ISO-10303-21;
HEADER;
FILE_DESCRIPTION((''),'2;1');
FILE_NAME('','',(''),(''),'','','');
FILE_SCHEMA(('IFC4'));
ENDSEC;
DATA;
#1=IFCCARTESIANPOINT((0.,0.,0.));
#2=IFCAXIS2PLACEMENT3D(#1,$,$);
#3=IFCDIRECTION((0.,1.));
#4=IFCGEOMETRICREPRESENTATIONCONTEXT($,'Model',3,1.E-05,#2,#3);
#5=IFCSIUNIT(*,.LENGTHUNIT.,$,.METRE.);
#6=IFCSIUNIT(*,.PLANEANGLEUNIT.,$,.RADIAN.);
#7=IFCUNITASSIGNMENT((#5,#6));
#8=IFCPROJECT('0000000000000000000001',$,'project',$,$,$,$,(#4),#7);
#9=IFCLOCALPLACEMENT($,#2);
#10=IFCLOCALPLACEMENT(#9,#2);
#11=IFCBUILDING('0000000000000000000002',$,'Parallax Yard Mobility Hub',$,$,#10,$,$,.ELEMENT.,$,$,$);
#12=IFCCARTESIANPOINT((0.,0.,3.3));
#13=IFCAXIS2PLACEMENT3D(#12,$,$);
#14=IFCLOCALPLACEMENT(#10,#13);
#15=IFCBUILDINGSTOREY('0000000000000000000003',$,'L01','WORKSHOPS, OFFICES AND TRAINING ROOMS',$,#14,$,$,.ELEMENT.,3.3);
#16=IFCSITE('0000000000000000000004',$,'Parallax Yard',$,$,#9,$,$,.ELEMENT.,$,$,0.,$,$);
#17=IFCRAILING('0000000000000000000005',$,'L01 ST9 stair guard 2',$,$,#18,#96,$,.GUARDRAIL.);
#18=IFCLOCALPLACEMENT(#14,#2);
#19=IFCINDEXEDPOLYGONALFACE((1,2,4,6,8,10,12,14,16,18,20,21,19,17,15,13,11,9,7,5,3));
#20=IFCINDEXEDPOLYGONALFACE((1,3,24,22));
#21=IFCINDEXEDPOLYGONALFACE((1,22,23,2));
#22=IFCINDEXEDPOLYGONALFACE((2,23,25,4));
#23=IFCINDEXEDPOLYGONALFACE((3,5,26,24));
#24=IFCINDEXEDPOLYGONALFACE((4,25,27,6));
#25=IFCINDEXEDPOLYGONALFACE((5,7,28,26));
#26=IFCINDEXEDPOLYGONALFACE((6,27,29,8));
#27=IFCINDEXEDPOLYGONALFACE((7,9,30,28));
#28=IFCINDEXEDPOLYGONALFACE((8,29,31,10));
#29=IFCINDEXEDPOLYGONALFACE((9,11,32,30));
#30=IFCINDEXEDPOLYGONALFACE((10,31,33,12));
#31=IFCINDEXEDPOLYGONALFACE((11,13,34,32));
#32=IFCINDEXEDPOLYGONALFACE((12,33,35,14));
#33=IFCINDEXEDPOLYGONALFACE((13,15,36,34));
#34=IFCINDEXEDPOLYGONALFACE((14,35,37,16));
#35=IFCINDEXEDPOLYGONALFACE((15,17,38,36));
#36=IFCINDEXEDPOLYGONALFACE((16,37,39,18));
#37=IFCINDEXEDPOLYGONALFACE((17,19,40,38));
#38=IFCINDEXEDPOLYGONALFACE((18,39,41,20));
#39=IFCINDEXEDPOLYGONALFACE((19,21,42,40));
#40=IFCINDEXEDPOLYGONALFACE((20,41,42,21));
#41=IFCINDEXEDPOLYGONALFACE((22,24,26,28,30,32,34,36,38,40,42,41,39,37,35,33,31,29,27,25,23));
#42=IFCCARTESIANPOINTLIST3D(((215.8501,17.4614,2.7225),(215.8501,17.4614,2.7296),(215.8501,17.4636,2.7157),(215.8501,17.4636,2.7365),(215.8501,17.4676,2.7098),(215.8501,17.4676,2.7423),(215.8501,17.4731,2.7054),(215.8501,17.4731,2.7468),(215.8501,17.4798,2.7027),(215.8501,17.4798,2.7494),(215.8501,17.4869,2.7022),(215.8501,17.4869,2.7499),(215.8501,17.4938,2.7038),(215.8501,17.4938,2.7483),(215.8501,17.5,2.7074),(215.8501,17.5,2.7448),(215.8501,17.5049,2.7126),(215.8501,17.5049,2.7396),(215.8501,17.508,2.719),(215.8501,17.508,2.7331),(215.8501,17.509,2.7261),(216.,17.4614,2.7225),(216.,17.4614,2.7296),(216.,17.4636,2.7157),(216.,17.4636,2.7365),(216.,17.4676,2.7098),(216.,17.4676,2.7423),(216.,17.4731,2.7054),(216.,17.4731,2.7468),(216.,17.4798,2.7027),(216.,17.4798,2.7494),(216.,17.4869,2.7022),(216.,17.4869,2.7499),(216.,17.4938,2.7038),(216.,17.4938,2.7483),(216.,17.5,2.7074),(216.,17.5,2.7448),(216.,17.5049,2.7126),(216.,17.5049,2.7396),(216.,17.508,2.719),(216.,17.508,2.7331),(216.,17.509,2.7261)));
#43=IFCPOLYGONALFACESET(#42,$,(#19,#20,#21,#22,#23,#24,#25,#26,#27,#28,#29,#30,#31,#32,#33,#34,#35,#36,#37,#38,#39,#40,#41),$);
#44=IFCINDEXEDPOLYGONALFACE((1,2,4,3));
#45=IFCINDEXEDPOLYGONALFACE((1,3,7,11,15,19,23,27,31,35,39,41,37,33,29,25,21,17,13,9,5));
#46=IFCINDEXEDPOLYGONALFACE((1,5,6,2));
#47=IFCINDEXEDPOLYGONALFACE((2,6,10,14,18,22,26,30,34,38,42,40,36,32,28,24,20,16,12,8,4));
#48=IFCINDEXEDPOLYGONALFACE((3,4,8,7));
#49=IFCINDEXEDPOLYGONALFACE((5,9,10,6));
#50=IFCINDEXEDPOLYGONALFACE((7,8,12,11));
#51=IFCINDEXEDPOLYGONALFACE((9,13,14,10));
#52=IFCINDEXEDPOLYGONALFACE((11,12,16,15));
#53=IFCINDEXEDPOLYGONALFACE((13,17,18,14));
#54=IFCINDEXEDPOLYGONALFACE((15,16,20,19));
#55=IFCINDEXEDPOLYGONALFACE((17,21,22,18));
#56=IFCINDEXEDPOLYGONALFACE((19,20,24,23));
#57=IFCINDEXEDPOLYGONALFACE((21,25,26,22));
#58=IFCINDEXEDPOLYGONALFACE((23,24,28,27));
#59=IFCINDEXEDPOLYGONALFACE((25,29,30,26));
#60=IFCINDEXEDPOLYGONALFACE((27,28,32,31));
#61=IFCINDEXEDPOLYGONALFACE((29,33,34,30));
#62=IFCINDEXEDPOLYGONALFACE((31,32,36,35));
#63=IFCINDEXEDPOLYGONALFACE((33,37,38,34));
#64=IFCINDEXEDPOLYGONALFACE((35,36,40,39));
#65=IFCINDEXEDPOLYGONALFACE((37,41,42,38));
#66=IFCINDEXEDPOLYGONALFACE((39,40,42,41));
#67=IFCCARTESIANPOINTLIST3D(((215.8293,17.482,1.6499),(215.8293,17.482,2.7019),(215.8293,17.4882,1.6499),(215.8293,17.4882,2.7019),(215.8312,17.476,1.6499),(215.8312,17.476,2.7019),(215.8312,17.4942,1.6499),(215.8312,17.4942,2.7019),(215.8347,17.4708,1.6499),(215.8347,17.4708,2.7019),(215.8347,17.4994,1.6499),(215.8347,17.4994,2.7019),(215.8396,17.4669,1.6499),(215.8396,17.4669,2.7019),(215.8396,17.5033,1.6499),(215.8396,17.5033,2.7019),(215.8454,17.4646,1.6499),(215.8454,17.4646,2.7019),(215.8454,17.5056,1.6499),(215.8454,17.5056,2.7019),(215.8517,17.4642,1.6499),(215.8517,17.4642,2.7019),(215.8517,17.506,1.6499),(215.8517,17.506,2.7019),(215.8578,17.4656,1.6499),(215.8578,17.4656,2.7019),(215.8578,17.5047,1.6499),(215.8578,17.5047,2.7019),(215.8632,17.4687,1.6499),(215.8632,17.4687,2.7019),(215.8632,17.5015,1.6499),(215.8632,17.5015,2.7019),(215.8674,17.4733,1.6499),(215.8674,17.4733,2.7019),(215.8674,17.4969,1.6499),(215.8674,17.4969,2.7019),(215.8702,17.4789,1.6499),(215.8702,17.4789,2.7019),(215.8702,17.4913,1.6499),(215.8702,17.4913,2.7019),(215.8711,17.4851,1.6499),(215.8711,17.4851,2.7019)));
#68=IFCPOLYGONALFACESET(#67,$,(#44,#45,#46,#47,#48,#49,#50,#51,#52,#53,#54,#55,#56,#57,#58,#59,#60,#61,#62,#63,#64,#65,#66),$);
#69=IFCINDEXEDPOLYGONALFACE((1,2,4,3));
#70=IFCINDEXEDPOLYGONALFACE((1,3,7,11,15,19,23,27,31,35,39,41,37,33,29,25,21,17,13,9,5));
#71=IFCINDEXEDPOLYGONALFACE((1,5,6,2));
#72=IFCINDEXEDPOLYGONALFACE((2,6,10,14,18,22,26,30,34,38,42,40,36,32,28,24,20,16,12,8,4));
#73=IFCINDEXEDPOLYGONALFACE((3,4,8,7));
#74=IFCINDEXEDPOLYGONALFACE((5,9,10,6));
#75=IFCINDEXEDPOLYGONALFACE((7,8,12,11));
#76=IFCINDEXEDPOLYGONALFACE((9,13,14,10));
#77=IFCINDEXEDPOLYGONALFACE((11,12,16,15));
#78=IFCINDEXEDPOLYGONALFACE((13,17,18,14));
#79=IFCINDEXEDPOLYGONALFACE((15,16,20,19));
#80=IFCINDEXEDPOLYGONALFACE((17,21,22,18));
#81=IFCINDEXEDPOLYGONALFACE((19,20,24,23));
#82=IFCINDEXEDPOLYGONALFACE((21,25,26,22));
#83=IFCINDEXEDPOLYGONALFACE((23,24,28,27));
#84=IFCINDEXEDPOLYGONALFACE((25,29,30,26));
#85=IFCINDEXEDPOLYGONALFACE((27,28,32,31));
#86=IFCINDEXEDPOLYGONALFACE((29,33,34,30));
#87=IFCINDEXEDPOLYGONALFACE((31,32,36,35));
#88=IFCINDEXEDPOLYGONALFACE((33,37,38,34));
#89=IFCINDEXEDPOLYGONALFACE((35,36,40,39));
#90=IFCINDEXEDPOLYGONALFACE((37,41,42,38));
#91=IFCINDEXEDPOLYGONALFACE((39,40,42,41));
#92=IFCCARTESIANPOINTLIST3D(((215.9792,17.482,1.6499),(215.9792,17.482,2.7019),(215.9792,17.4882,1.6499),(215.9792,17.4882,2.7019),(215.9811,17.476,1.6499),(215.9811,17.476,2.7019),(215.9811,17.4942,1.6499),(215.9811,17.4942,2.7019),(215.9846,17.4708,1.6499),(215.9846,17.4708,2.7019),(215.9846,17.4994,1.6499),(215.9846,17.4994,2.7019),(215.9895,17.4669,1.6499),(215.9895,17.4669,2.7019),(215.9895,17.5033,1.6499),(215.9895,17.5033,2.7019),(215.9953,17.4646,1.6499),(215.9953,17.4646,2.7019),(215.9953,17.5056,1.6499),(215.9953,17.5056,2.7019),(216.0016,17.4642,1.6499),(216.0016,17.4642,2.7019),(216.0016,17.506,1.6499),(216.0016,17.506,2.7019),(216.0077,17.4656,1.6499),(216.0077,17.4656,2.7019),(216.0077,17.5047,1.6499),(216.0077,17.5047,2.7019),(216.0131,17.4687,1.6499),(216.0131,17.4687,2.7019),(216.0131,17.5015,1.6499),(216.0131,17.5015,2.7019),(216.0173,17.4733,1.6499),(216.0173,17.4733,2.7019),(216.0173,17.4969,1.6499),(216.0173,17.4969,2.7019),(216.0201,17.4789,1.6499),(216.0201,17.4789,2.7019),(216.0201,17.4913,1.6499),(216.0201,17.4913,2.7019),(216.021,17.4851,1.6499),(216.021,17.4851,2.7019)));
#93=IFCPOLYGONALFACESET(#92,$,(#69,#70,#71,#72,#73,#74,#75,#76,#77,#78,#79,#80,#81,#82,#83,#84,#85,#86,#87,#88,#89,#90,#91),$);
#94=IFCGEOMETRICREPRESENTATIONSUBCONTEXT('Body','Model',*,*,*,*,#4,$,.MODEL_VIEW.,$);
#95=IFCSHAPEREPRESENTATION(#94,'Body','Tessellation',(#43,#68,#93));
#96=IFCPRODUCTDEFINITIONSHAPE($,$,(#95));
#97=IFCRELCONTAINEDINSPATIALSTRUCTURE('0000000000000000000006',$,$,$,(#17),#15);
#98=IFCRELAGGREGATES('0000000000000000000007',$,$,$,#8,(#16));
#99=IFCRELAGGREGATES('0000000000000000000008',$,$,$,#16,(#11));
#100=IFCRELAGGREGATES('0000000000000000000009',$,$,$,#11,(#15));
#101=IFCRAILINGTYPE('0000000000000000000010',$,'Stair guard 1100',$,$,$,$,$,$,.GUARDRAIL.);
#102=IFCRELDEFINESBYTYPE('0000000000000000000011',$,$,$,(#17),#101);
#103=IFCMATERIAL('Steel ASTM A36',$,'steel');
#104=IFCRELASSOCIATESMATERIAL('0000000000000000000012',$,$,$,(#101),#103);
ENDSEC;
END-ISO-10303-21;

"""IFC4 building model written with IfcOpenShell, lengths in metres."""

from ifc_helpers import new_model, si_unit, direction, frame, origin, origin_2d, place, context, subcontext, project, spatial, circle, extrude, material, type_object, element, save


model = new_model("IFC4")

# Units and contexts
model_context = context("Model", 3, precision=1e-05, world=origin(), true_north=direction((0.0, 1.0)))
body_context = subcontext(model_context, "Body", "Model", "MODEL_VIEW")
ifc_project = project(units=[si_unit("LENGTHUNIT", "METRE"), si_unit("PLANEANGLEUNIT", "RADIAN")], contexts=[model_context])

# Site, building, storey
site_placement = place(None, origin())
site = spatial("IfcSite", under=ifc_project, at=site_placement, Name="Parallax Yard", CompositionType="ELEMENT", RefElevation=0.0)
building_placement = place(site_placement, origin())
building = spatial("IfcBuilding", under=site, at=building_placement, Name="Parallax Yard Mobility Hub", CompositionType="ELEMENT")
storey_placement = place(building_placement, frame((0.0, 0.0, 3.3)))
storey = spatial("IfcBuildingStorey", under=building, at=storey_placement, Name="L01", Description="WORKSHOPS, OFFICES AND TRAINING ROOMS", CompositionType="ELEMENT", Elevation=3.3)

# Railing
ifc_material_1 = material(Name="Steel ASTM A36", Category="steel")
railing_type_1 = type_object("IfcRailingType", Name="Stair guard 1100", PredefinedType="GUARDRAIL", material=ifc_material_1)
railing_1_placement = place(storey_placement, frame((215.8501, 17.4851, 1.6499)))
element("IfcRailing", 1, at=railing_1_placement, inside=storey, type_object=railing_type_1, Name="L01 ST9 stair guard 2", PredefinedType="GUARDRAIL", context=body_context, shape_type="SweptSolid", body=[
    extrude(circle(Radius=0.0239, at=origin_2d()), frame((0.0, 0.0, 1.0762), z_axis=(1.0, 0.0, 0.0), x_axis=(0.0, 1.0, 0.0)), (0.0, 0.0, 1.0), 0.1499),
    extrude(circle(Radius=0.021, at=origin_2d()), origin(), (0.0, 0.0, 1.0), 1.052),
    extrude(circle(Radius=0.021, at=origin_2d()), frame((0.1499, 0.0, 0.0)), (0.0, 0.0, 1.0), 1.052),
])

save(model, "model.ifc")
